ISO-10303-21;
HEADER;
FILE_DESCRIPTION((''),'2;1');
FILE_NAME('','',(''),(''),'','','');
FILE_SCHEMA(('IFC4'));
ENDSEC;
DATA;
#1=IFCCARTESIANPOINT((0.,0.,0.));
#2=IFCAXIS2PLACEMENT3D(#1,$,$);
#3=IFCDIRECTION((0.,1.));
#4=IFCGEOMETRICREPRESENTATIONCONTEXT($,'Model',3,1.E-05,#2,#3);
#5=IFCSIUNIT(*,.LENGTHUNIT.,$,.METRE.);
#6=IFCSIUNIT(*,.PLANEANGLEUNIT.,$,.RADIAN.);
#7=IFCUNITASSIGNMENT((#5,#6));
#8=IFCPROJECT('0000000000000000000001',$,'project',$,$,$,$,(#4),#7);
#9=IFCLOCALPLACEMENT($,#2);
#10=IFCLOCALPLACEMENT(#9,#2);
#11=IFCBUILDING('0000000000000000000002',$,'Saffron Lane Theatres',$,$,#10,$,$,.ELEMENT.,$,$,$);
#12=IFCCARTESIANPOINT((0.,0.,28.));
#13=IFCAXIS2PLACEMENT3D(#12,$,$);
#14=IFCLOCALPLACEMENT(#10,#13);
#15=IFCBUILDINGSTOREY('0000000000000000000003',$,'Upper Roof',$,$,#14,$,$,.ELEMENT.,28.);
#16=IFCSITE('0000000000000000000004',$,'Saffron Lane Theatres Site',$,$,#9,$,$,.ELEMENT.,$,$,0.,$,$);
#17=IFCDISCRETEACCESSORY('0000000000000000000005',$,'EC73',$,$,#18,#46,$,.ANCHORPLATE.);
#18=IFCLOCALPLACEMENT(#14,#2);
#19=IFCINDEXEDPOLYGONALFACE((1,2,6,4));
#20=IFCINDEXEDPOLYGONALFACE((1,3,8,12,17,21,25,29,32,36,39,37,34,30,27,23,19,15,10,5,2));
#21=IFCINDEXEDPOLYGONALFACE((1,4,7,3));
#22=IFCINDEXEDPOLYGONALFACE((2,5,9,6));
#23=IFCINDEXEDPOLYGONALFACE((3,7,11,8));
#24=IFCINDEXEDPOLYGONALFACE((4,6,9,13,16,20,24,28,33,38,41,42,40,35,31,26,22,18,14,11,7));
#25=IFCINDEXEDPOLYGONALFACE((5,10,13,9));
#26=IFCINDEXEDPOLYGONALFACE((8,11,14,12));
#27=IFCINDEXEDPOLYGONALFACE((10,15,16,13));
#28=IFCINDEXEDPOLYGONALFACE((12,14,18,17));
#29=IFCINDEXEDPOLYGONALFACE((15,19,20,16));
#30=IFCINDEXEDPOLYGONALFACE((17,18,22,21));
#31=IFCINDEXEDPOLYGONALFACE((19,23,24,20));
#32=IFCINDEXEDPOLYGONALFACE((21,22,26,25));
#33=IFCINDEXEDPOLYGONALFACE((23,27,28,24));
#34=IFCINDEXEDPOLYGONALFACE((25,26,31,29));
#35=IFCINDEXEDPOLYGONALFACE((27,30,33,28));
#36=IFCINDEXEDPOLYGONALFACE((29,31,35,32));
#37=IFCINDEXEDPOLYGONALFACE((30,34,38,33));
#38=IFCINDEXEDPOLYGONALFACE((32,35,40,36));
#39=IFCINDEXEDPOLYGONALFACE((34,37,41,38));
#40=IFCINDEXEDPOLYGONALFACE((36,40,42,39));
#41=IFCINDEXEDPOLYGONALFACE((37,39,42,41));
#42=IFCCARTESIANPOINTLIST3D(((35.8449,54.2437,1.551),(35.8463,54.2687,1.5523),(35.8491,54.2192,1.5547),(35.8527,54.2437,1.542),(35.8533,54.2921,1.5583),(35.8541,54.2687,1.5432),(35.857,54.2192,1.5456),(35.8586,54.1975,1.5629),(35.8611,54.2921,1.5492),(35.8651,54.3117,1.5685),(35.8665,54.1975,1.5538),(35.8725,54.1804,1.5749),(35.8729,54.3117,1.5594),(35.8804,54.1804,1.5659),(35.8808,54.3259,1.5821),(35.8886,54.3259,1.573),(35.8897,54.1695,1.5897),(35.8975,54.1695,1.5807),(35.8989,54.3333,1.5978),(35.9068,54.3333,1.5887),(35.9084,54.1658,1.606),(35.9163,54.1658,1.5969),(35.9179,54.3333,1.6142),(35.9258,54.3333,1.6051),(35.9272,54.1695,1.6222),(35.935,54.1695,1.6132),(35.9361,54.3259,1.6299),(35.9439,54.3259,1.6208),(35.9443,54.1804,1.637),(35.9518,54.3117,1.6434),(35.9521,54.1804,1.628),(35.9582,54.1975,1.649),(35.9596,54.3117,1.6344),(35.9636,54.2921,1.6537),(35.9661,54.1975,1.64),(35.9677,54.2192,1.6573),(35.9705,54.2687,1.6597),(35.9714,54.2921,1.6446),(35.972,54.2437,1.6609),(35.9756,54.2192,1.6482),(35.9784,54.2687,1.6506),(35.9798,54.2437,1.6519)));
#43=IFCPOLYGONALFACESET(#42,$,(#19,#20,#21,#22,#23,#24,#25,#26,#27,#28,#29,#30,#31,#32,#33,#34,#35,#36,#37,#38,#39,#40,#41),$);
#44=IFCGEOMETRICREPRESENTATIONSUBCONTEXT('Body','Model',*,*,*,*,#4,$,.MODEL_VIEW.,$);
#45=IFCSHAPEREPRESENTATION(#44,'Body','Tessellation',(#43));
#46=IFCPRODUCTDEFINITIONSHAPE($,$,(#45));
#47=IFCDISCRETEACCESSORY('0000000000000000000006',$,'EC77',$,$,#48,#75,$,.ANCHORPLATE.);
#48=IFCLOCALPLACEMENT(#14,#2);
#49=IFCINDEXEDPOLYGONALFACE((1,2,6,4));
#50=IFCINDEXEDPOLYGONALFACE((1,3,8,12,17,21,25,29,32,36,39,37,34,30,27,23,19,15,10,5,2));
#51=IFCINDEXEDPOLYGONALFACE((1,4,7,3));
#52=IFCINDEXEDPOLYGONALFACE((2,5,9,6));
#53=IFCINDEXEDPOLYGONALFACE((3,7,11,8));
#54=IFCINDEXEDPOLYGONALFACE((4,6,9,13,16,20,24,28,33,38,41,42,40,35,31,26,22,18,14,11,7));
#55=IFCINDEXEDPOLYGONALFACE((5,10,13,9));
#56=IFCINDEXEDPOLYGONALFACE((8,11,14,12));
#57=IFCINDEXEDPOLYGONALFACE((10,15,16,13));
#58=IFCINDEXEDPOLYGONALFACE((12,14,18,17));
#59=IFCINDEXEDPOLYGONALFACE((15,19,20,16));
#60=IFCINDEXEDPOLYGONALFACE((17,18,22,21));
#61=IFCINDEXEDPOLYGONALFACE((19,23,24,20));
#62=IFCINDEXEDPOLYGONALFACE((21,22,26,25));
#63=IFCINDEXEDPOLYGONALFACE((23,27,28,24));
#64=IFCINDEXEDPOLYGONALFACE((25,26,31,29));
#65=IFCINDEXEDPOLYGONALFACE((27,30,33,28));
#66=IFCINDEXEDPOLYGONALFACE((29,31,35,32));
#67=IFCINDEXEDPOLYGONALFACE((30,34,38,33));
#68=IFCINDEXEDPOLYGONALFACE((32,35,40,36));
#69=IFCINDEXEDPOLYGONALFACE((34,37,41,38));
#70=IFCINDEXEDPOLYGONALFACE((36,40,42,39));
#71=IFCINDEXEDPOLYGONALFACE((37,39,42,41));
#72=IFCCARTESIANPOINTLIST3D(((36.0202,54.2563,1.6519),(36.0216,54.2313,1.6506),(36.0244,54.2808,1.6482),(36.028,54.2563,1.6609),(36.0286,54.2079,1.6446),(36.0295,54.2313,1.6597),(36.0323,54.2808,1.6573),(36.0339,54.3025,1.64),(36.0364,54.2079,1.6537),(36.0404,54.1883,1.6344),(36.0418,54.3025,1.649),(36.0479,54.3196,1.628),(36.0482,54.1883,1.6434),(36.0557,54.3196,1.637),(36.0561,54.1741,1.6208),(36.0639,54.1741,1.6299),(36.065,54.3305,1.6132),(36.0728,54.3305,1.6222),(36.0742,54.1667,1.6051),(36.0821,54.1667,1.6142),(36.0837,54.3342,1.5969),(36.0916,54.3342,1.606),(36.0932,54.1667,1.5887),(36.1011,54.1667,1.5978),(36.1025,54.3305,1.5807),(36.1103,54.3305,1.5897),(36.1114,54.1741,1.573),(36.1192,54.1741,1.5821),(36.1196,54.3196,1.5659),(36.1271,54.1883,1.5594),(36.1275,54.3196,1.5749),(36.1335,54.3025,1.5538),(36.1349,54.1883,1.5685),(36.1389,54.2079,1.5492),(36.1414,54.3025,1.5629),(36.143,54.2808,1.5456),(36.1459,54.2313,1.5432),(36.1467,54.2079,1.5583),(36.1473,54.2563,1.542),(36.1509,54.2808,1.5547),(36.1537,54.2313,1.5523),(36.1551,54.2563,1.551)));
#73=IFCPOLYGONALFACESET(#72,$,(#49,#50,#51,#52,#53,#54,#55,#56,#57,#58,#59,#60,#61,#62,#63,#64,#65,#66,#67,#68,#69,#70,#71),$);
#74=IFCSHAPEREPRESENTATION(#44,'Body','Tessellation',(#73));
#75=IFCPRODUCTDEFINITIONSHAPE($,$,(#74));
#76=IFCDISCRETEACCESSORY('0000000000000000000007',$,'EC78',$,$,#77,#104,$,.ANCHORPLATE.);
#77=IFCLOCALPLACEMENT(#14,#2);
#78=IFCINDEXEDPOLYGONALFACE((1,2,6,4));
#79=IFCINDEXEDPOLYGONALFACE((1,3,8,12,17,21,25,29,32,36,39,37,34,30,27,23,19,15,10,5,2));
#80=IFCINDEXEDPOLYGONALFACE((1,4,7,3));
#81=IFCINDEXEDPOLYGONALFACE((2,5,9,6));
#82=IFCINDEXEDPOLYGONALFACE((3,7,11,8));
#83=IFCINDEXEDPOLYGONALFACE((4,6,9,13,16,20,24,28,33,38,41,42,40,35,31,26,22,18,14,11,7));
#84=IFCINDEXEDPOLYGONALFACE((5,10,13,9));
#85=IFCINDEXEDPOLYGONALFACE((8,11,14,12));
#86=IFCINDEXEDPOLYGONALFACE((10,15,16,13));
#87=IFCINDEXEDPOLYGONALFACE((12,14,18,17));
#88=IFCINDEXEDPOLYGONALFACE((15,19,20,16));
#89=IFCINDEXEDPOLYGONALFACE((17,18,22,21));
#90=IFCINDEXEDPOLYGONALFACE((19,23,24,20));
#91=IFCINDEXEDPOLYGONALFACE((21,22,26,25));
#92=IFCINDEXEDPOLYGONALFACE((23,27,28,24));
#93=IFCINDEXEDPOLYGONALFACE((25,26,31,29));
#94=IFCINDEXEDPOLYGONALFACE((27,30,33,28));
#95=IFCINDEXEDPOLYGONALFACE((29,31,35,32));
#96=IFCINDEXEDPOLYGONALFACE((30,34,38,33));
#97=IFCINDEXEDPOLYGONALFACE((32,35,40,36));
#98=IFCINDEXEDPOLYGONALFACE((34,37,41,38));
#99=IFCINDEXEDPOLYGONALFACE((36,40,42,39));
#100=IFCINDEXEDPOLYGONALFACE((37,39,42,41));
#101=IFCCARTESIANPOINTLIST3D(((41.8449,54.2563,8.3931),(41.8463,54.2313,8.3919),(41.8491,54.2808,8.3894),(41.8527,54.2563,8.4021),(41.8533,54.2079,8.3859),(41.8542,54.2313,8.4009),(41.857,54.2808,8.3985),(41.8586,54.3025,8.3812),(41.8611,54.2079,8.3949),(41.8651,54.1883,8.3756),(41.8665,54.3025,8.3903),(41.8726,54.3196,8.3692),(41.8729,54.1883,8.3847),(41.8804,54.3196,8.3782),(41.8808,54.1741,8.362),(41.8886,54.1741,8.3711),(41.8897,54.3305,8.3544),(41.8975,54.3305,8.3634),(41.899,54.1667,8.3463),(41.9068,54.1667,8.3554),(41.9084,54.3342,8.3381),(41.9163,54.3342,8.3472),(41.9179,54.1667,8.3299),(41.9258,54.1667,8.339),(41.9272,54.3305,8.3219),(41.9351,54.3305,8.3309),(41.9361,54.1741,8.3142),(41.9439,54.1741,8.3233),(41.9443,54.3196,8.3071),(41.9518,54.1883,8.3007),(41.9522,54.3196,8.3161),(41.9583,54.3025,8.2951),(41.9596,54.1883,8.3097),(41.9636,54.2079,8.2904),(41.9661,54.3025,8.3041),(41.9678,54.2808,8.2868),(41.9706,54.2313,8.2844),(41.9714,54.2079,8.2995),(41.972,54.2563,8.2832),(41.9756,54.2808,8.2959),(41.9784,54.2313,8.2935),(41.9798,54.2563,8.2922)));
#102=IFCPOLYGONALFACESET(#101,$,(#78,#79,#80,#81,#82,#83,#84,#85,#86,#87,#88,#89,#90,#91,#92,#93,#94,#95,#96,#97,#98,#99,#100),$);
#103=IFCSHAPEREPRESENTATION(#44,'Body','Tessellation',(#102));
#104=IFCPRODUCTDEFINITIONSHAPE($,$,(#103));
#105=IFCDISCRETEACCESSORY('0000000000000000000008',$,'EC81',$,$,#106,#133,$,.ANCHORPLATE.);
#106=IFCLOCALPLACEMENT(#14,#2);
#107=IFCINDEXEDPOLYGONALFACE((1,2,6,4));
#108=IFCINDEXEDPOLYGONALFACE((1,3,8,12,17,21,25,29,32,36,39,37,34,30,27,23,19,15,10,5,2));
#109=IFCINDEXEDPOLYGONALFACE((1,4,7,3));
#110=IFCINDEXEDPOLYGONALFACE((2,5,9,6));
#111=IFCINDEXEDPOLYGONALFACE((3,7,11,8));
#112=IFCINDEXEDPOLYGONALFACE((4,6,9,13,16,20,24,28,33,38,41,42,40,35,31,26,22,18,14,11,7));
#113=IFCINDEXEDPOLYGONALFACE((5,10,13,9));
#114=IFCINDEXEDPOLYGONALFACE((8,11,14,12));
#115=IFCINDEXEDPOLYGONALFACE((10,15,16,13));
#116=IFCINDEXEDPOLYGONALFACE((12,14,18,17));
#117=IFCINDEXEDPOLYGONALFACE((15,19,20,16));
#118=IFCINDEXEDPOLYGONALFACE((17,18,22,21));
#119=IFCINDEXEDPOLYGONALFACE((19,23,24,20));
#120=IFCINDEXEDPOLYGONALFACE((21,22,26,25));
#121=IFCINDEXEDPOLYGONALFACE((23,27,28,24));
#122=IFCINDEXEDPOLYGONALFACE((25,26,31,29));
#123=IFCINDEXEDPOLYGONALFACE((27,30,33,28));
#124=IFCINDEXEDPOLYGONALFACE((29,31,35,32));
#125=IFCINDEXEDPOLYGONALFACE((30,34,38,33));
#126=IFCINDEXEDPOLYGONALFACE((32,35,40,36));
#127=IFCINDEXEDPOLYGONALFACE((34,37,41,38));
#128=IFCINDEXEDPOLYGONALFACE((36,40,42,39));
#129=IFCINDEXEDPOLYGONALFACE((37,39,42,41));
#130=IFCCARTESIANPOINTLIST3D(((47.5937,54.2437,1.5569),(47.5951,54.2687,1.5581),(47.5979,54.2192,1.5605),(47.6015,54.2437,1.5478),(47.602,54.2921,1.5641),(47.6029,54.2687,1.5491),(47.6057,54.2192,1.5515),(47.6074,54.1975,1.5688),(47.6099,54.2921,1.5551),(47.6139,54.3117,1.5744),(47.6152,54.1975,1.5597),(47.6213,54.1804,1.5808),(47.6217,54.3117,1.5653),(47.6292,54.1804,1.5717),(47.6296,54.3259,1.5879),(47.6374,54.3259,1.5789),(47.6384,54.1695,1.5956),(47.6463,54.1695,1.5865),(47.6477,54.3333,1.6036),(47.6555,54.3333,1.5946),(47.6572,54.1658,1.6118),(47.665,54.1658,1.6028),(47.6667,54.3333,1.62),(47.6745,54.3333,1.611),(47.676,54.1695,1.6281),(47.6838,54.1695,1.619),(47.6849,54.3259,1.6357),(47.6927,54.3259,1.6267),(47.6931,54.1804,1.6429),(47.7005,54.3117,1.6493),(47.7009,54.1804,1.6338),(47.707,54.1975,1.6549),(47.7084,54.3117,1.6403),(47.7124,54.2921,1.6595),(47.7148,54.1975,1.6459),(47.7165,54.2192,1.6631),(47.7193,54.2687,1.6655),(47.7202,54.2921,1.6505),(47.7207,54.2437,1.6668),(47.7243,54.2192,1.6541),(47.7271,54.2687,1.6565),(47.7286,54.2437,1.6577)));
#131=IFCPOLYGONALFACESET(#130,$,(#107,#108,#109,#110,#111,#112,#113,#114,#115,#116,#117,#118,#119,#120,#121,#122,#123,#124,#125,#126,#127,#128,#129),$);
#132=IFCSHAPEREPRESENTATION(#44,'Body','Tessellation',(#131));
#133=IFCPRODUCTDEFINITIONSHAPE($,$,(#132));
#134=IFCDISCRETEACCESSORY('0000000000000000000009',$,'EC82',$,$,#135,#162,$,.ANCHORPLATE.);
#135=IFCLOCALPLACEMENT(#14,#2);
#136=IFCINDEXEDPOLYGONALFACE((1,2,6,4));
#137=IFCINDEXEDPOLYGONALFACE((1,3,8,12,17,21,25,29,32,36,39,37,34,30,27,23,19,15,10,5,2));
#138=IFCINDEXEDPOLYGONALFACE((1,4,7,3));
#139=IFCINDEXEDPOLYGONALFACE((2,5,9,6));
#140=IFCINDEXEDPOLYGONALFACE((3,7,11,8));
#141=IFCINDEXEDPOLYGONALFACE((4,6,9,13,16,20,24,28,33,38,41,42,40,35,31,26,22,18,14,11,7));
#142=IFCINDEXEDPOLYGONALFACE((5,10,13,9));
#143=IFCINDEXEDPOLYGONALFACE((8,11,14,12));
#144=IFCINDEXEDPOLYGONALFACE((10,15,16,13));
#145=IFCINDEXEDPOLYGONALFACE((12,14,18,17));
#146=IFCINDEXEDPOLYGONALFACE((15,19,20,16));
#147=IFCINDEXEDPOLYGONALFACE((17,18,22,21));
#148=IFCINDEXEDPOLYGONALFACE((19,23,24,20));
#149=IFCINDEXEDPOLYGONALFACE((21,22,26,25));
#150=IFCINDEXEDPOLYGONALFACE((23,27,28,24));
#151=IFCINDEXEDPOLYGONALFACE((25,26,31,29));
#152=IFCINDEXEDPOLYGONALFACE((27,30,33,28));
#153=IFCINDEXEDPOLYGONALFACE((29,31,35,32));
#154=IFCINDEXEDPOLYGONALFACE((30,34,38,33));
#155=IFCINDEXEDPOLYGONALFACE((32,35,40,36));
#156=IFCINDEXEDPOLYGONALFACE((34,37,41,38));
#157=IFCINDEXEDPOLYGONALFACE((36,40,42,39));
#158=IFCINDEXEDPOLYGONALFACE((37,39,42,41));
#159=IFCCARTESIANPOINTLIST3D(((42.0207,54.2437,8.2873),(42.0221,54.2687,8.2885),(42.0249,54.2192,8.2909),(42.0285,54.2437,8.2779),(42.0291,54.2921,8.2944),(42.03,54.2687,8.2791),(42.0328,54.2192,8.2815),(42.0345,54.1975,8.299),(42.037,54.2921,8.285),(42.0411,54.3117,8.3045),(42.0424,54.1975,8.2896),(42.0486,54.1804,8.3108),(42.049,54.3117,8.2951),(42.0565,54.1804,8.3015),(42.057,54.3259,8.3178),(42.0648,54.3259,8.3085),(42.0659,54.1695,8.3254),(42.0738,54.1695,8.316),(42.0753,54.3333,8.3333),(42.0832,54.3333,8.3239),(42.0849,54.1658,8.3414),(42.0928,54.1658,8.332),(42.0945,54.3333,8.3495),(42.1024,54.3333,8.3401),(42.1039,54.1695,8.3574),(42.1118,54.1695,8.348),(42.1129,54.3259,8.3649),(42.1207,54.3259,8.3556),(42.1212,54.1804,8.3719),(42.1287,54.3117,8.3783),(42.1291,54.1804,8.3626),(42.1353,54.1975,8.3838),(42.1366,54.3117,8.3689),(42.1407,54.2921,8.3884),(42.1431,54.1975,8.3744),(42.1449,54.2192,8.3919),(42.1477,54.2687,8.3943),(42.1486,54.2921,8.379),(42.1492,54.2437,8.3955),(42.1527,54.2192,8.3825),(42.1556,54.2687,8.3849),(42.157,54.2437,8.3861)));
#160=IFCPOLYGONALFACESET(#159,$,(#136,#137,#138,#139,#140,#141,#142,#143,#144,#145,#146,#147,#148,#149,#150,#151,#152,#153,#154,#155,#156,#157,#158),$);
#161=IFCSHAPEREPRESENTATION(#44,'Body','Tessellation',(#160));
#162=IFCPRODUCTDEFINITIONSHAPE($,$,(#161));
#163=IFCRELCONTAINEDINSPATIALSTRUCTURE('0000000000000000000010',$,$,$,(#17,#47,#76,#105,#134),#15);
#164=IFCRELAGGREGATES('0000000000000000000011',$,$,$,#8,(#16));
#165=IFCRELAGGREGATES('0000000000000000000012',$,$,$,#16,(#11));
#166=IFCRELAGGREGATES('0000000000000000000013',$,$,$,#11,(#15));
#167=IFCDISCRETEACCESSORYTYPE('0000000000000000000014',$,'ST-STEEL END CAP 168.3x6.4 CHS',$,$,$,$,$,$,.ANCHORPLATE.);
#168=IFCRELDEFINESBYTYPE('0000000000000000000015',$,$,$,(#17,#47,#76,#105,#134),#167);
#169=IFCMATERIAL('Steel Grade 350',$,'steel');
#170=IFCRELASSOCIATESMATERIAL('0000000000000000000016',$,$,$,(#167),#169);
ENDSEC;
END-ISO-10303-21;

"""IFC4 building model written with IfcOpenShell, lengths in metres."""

from ifc_helpers import new_model, si_unit, direction, frame, origin, origin_2d, place, context, subcontext, project, spatial, circle, extrude, material, material_profile, profile_set, type_object, element, save


model = new_model("IFC4")

# Units and contexts
model_context = context("Model", 3, precision=1e-05, world=origin(), true_north=direction((0.0, 1.0)))
body_context = subcontext(model_context, "Body", "Model", "MODEL_VIEW")
ifc_project = project(units=[si_unit("LENGTHUNIT", "METRE"), si_unit("PLANEANGLEUNIT", "RADIAN")], contexts=[model_context])

# Site, building, storey
site_placement = place(None, origin())
site = spatial("IfcSite", under=ifc_project, at=site_placement, Name="Saffron Lane Theatres Site", CompositionType="ELEMENT", RefElevation=0.0)
building_placement = place(site_placement, origin())
building = spatial("IfcBuilding", under=site, at=building_placement, Name="Saffron Lane Theatres", CompositionType="ELEMENT")
storey_placement = place(building_placement, frame((0.0, 0.0, 28.0)))
storey = spatial("IfcBuildingStorey", under=building, at=storey_placement, Name="Upper Roof", CompositionType="ELEMENT", Elevation=28.0)

# Discrete accessories
ifc_material_1 = material(Name="Steel Grade 350", Category="steel")
ifc_material_profile_1 = material_profile(ifc_material_1, circle(Radius=0.0842, at=origin_2d()))
ifc_profile_set_1 = profile_set([ifc_material_profile_1], Name="Steel Grade 350")
discrete_accessory_type_1 = type_object("IfcDiscreteAccessoryType", Name="ST-STEEL END CAP 168.3x6.4 CHS", PredefinedType="ANCHORPLATE", material=ifc_profile_set_1)
for number, where, z_axis, x_axis, name in (
    (1, (35.9163, 54.25, 1.5969), (-0.654152, 0.0, 0.756363), (0.0, -1.0, 0.0), "EC73"),
    (2, (36.0837, 54.25, 1.5969), (0.654152, 0.0, 0.756363), (0.0, 1.0, 0.0), "EC77"),
    (3, (41.9084, 54.25, 8.3381), (0.654152, 0.0, 0.756363), (0.0, 1.0, 0.0), "EC78"),
    (4, (47.665, 54.25, 1.6028), (-0.654152, 0.0, 0.756363), (0.0, -1.0, 0.0), "EC81"),
):
    element("IfcDiscreteAccessory", number, at=place(storey_placement, frame(where, z_axis=z_axis, x_axis=x_axis)), inside=storey, type_object=discrete_accessory_type_1, Name=name, PredefinedType="ANCHORPLATE", context=body_context, shape_type="SweptSolid", body=[
        extrude(circle(Radius=0.0842, at=origin_2d()), origin(), (0.0, 0.0, 1.0), 0.012),
    ])
discrete_accessory_placement = place(storey_placement, frame((42.0928, 54.25, 8.332), z_axis=(-0.644136, 0.0, 0.764911), x_axis=(0.0, -1.0, 0.0)))
element("IfcDiscreteAccessory", 5, at=discrete_accessory_placement, inside=storey, type_object=discrete_accessory_type_1, Name="EC82", PredefinedType="ANCHORPLATE", context=body_context, shape_type="SweptSolid", body=[
    extrude(circle(Radius=0.0842, at=origin_2d()), origin(), (0.0, 0.0, 1.0), 0.0122),
])

save(model, "model.ifc")
